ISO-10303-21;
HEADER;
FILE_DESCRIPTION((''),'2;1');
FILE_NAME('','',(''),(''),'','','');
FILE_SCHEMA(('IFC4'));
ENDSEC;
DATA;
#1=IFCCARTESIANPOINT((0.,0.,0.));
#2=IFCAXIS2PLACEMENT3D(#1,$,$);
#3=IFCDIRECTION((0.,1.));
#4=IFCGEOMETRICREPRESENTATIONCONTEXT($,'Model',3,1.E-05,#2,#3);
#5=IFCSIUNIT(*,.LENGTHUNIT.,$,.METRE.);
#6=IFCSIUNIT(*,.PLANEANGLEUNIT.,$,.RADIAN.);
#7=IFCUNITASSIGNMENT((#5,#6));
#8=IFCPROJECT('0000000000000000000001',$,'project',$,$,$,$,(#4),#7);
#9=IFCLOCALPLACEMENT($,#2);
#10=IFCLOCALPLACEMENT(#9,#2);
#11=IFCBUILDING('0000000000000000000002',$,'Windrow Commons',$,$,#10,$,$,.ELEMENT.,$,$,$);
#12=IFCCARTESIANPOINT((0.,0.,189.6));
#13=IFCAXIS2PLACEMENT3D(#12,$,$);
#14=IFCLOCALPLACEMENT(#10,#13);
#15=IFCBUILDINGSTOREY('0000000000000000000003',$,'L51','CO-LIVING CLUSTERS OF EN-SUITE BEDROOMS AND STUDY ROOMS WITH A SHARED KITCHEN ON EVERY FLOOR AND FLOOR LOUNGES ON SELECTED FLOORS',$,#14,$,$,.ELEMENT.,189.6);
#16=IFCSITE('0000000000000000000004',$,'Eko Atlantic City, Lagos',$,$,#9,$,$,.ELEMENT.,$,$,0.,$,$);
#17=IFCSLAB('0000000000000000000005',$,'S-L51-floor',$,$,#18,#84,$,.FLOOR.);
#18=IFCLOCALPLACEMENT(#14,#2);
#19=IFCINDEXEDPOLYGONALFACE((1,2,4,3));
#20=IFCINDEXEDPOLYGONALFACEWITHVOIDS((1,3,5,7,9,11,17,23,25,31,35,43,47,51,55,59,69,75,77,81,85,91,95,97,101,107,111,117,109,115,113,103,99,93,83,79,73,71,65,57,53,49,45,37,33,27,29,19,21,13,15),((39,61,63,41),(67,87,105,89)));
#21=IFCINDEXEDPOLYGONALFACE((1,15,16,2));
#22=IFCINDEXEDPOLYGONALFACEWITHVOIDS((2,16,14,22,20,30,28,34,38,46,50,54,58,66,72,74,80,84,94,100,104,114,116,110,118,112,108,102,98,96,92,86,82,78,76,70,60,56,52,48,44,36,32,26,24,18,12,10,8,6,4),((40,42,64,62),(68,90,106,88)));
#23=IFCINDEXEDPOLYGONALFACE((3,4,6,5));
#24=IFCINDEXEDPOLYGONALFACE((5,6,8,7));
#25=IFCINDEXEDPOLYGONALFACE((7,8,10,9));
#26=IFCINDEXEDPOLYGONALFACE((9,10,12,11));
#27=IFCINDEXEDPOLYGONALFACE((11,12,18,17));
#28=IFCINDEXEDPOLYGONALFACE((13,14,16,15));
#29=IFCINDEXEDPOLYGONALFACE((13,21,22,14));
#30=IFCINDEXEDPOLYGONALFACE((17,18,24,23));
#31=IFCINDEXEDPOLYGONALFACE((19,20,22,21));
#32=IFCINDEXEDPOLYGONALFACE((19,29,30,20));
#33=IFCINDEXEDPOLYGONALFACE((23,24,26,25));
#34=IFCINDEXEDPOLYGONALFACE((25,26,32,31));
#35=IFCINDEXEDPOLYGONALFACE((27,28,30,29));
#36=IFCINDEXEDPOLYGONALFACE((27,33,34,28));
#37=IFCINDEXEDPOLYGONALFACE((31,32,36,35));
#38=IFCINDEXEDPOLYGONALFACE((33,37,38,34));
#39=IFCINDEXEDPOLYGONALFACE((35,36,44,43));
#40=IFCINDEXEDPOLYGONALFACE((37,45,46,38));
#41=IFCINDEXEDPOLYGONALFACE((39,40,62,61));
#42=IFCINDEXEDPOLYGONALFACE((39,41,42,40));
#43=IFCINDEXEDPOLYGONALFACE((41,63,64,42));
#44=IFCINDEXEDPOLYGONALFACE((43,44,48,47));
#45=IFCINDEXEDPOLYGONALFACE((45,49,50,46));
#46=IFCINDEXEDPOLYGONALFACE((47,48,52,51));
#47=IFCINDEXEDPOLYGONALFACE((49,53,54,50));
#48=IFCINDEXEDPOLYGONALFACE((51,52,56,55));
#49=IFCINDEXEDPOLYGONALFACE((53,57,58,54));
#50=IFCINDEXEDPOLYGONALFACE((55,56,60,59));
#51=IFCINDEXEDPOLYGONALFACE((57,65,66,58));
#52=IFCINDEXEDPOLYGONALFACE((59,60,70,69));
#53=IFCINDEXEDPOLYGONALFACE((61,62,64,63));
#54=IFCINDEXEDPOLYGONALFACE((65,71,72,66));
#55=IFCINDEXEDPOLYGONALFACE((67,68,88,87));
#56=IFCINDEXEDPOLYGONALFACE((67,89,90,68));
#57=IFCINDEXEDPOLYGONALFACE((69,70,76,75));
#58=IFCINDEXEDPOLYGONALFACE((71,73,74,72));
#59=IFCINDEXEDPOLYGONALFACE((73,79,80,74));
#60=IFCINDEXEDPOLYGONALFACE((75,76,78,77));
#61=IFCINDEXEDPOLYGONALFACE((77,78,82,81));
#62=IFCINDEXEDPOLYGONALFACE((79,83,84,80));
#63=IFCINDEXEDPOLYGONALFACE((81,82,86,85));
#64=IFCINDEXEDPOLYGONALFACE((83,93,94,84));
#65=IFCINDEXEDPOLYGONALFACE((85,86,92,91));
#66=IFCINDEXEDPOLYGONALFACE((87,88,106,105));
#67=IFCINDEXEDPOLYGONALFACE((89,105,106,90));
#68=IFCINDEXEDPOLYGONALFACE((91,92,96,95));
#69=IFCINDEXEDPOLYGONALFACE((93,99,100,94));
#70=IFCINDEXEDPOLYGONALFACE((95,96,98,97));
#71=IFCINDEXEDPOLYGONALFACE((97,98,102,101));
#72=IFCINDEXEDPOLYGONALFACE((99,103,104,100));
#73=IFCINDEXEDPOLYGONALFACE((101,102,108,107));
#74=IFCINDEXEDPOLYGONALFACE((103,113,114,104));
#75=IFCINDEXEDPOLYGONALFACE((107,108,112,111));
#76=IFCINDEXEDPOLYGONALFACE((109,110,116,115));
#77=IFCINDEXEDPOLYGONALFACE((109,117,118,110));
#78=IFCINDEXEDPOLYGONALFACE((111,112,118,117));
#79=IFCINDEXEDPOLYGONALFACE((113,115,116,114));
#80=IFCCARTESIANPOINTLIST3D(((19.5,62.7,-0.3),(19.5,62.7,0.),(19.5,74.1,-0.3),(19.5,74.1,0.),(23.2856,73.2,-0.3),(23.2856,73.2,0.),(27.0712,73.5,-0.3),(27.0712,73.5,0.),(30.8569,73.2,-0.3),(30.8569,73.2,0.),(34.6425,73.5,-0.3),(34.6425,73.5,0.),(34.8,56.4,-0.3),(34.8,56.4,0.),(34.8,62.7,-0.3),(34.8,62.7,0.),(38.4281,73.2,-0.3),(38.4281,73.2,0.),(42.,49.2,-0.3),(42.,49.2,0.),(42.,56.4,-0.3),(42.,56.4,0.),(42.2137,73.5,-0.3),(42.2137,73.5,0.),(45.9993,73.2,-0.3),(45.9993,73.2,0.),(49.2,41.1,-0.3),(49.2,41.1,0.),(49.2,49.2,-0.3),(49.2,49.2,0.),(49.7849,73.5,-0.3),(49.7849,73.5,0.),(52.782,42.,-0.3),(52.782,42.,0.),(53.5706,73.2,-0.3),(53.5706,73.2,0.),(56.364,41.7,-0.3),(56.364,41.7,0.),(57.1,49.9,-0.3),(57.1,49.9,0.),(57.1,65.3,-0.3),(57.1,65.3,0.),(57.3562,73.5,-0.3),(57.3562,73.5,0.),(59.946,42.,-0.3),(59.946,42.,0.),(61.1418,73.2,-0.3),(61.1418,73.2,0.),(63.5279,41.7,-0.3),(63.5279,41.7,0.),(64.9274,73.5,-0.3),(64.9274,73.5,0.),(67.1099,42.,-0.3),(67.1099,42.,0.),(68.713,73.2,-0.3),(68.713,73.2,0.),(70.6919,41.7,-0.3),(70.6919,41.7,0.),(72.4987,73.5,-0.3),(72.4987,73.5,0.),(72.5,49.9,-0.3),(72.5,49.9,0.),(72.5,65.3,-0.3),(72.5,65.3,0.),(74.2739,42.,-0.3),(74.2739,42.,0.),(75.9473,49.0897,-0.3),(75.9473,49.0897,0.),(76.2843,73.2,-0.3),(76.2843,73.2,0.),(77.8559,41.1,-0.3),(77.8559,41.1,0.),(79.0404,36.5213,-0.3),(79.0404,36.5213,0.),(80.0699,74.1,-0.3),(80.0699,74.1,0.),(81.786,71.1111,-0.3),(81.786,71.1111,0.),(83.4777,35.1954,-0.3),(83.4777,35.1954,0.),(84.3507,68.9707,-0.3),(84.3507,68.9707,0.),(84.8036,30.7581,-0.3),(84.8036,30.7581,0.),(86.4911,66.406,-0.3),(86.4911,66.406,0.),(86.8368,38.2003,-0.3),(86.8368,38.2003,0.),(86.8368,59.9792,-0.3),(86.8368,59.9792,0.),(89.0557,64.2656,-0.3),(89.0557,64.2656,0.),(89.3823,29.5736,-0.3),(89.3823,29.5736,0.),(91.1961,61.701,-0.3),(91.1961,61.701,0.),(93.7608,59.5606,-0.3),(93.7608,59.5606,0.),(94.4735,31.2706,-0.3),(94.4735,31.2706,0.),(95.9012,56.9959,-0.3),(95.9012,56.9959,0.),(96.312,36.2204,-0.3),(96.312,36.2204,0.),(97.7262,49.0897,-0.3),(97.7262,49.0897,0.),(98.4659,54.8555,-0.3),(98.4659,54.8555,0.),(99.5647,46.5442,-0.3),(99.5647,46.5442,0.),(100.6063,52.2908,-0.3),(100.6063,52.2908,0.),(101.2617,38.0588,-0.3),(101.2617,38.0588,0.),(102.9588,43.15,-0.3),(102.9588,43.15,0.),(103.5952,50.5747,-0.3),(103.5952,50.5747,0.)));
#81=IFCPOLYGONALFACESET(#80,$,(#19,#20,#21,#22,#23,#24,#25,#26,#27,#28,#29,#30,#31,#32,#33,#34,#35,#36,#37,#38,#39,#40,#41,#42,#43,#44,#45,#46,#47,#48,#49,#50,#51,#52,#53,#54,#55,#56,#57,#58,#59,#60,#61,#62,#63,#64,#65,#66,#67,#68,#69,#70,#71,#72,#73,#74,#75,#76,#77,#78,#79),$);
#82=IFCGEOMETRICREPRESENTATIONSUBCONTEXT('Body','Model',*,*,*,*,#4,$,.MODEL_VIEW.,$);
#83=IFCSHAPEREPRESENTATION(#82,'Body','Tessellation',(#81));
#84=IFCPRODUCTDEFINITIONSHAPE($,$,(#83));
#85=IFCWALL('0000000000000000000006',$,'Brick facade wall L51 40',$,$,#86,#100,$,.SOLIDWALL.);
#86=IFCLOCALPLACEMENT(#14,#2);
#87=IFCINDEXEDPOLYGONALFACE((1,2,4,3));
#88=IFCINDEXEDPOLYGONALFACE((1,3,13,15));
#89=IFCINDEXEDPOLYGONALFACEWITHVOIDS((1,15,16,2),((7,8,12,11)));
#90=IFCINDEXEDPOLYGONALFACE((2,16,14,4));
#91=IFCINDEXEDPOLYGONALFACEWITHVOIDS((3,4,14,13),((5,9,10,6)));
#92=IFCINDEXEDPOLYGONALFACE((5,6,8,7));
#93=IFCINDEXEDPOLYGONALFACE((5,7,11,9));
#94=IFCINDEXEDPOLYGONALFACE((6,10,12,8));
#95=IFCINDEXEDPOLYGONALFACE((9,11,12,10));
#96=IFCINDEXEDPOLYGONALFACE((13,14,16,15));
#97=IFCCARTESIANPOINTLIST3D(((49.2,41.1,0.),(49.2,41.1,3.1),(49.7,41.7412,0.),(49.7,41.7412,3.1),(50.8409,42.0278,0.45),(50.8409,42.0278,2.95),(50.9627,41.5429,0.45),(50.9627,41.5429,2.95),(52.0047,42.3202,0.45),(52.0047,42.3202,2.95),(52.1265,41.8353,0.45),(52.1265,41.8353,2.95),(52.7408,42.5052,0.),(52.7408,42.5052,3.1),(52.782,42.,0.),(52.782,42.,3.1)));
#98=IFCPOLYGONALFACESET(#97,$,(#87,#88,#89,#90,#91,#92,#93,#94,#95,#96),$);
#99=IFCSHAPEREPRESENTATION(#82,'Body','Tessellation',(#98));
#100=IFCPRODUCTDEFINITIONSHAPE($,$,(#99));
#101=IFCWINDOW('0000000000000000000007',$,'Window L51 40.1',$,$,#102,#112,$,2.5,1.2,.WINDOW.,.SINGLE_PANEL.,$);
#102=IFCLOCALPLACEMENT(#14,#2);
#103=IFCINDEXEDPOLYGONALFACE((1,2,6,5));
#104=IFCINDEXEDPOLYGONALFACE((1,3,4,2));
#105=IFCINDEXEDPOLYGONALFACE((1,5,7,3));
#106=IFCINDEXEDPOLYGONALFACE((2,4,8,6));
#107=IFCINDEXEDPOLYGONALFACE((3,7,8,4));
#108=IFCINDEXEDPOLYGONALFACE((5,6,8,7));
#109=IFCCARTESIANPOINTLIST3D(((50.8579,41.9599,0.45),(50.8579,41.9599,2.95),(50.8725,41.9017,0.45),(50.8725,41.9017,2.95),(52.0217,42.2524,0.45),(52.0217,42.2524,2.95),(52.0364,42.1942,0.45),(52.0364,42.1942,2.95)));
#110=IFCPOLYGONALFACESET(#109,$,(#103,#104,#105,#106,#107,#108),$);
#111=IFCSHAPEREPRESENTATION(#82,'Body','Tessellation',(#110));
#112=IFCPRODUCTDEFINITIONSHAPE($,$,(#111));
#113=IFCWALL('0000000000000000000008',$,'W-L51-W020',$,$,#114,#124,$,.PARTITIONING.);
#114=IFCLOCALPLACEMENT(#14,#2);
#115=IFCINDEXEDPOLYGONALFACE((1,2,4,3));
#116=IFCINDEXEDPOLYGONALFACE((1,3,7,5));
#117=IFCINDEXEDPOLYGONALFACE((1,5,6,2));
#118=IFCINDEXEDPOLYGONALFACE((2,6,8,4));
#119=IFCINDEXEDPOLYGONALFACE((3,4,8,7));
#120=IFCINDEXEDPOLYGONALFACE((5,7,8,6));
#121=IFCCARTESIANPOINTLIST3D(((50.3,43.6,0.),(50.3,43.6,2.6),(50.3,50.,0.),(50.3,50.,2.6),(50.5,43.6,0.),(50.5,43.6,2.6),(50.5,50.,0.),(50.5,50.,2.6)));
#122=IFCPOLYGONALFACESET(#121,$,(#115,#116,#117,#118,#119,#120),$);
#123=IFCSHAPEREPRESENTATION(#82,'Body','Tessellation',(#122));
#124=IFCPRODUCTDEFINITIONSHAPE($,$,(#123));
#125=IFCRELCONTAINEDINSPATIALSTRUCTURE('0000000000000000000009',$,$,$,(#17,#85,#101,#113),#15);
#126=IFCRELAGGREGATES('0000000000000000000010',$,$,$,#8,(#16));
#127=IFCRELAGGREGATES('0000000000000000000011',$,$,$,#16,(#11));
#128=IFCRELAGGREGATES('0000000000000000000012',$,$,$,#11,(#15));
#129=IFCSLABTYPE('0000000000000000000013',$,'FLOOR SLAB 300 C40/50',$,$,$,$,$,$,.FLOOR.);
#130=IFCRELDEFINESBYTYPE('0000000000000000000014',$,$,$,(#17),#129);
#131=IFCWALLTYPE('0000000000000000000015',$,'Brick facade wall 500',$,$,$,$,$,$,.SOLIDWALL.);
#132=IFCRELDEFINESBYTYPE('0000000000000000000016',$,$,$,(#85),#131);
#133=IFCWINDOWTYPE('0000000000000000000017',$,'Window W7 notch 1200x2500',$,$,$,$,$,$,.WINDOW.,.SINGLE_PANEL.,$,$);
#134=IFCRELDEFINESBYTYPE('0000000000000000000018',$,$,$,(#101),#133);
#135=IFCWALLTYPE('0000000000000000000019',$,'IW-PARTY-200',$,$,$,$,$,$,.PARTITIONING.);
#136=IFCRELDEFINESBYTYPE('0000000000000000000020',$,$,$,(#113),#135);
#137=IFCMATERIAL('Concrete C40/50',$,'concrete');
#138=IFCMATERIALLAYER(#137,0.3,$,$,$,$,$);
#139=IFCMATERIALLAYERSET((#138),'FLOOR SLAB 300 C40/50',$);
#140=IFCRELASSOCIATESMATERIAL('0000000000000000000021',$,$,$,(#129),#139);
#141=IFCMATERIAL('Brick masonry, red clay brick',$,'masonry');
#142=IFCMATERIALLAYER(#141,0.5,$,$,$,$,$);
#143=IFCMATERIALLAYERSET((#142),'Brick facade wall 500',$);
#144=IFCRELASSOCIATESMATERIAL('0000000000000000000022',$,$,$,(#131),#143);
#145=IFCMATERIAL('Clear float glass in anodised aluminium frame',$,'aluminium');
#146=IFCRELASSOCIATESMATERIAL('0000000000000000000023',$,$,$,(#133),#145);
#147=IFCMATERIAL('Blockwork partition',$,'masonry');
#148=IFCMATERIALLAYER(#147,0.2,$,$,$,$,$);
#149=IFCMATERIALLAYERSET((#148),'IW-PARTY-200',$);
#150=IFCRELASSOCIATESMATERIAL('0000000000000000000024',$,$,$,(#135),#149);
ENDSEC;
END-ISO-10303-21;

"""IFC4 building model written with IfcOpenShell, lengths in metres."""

from ifc_helpers import new_model, si_unit, direction, frame, frame_2d, origin, place, context, subcontext, project, spatial, polyline, rectangle, outline, extrude, material, layer, layer_set, type_object, element, fill, save


model = new_model("IFC4")

# Units and contexts
model_context = context("Model", 3, precision=1e-05, world=origin(), true_north=direction((0.0, 1.0)))
body_context = subcontext(model_context, "Body", "Model", "MODEL_VIEW")
ifc_project = project(units=[si_unit("LENGTHUNIT", "METRE"), si_unit("PLANEANGLEUNIT", "RADIAN")], contexts=[model_context])

# Site, building, storey
site_placement = place(None, origin())
site = spatial("IfcSite", under=ifc_project, at=site_placement, Name="Eko Atlantic City, Lagos", CompositionType="ELEMENT", RefElevation=0.0)
building_placement = place(site_placement, origin())
building = spatial("IfcBuilding", under=site, at=building_placement, Name="Windrow Commons", CompositionType="ELEMENT")
storey_placement = place(building_placement, frame((0.0, 0.0, 189.6)))
storey = spatial("IfcBuildingStorey", under=building, at=storey_placement, Name="L51", Description="CO-LIVING CLUSTERS OF EN-SUITE BEDROOMS AND STUDY ROOMS WITH A SHARED KITCHEN ON EVERY FLOOR AND FLOOR LOUNGES ON SELECTED FLOORS", CompositionType="ELEMENT", Elevation=189.6)

# Shared definitions
placement_1 = place(storey_placement, frame((0.0, 0.0, -0.3)))

# Slab, openings
ifc_material_1 = material(Name="Concrete C40/50", Category="concrete")
ifc_layer_1 = layer(ifc_material_1, 0.3)
ifc_layer_set_1 = layer_set([ifc_layer_1], Name="FLOOR SLAB 300 C40/50")
slab_type_1 = type_object("IfcSlabType", Name="FLOOR SLAB 300 C40/50", PredefinedType="FLOOR", material=ifc_layer_set_1)
slab_1 = element("IfcSlab", 1, at=placement_1, inside=storey, type_object=slab_type_1, Name="S-L51-floor", PredefinedType="FLOOR", context=body_context, shape_type="SweptSolid", body=[
    extrude(outline(polyline([(84.8036, 30.7581), (89.3823, 29.5736), (94.4735, 31.2706), (96.312, 36.2204), (101.2617, 38.0588), (102.9588, 43.15), (99.5647, 46.5442), (103.5952, 50.5747), (100.6063, 52.2908), (98.4659, 54.8555), (95.9012, 56.9959), (93.7608, 59.5606), (91.1961, 61.701), (89.0557, 64.2656), (86.4911, 66.406), (84.3507, 68.9707), (81.786, 71.1111), (80.0699, 74.1), (76.2843, 73.2), (72.4987, 73.5), (68.713, 73.2), (64.9274, 73.5), (61.1418, 73.2), (57.3562, 73.5), (53.5706, 73.2), (49.7849, 73.5), (45.9993, 73.2), (42.2137, 73.5), (38.4281, 73.2), (34.6425, 73.5), (30.8569, 73.2), (27.0712, 73.5), (23.2856, 73.2), (19.5, 74.1), (19.5, 62.7), (34.8, 62.7), (34.8, 56.4), (42.0, 56.4), (42.0, 49.2), (49.2, 49.2), (49.2, 41.1), (52.782, 42.0), (56.364, 41.7), (59.946, 42.0), (63.5279, 41.7), (67.1099, 42.0), (70.6919, 41.7), (74.2739, 42.0), (77.8559, 41.1), (79.0404, 36.5213), (83.4777, 35.1954), (84.8036, 30.7581)]), holes=[polyline([(75.9473, 49.0897), (86.8368, 59.9792), (97.7262, 49.0897), (86.8368, 38.2003), (75.9473, 49.0897)]), polyline([(57.1, 49.9), (57.1, 65.3), (72.5, 65.3), (72.5, 49.9), (57.1, 49.9)])]), origin(), (0.0, 0.0, 1.0), 0.3),
])
opening_1_placement = place(placement_1, origin())
element("IfcOpeningElement", 2, at=opening_1_placement, cuts=slab_1, PredefinedType="OPENING", context=body_context, shape_type="SweptSolid", body=[
    extrude(outline(polyline([(75.9544, 49.0897), (86.8368, 59.9721), (97.7191, 49.0897), (86.8368, 38.2074), (75.9544, 49.0897)])), origin(), (0.0, 0.0, 1.0), 0.3),
])
opening_2_placement = place(placement_1, origin())
element("IfcOpeningElement", 3, at=opening_2_placement, cuts=slab_1, PredefinedType="OPENING", context=body_context, shape_type="SweptSolid", body=[
    extrude(outline(polyline([(57.105, 49.905), (57.105, 65.295), (72.495, 65.295), (72.495, 49.905), (57.105, 49.905)])), origin(), (0.0, 0.0, 1.0), 0.3),
])

# Wall, opening, window
ifc_material_2 = material(Name="Brick masonry, red clay brick", Category="masonry")
ifc_layer_2 = layer(ifc_material_2, 0.5)
ifc_layer_set_2 = layer_set([ifc_layer_2], Name="Brick facade wall 500")
wall_type_1 = type_object("IfcWallType", Name="Brick facade wall 500", PredefinedType="SOLIDWALL", material=ifc_layer_set_2)
wall_1_placement = place(storey_placement, frame((49.45, 41.4206, 0.0), z_axis=(0.0, 0.0, 1.0), x_axis=(0.969856, 0.243679, 0.0)))
wall_1 = element("IfcWall", 4, at=wall_1_placement, inside=storey, type_object=wall_type_1, Name="Brick facade wall L51 40", PredefinedType="SOLIDWALL", context=body_context, shape_type="SweptSolid", body=[
    extrude(outline(polyline([(-0.3206, -0.25), (3.3727, -0.25), (3.4559, 0.25), (0.3206, 0.25), (-0.3206, -0.25)])), origin(), (0.0, 0.0, 1.0), 3.1),
])
opening_3_placement = place(wall_1_placement, frame((1.4969, 0.0, 0.45)))
opening_3 = element("IfcOpeningElement", 5, at=opening_3_placement, cuts=wall_1, PredefinedType="OPENING", context=body_context, shape_type="SweptSolid", body=[
    extrude(rectangle(XDim=1.2, YDim=2.5, at=frame_2d((0.6, 1.25))), frame((0.0, 0.26, 0.0), z_axis=(0.0, -1.0, 0.0), x_axis=(1.0, 0.0, 0.0)), (0.0, 0.0, 1.0), 0.52),
])
ifc_material_3 = material(Name="Clear float glass in anodised aluminium frame", Category="aluminium")
window_type = type_object("IfcWindowType", Name="Window W7 notch 1200x2500", PartitioningType="SINGLE_PANEL", PredefinedType="WINDOW", material=ifc_material_3)
window_placement = place(opening_3_placement, origin())
window = element("IfcWindow", 6, at=window_placement, inside=storey, type_object=window_type, Name="Window L51 40.1", OverallHeight=2.5, OverallWidth=1.2, PartitioningType="SINGLE_PANEL", PredefinedType="WINDOW", context=body_context, shape_type="SweptSolid", body=[
    extrude(rectangle(XDim=1.2, YDim=2.5, at=frame_2d((0.6, 1.25))), frame((0.0, 0.18, 0.0), z_axis=(0.0, -1.0, 0.0), x_axis=(1.0, 0.0, 0.0)), (0.0, 0.0, 1.0), 0.06),
])
fill(opening_3, window)

# Wall
ifc_material_4 = material(Name="Blockwork partition", Category="masonry")
ifc_layer_3 = layer(ifc_material_4, 0.2)
ifc_layer_set_3 = layer_set([ifc_layer_3], Name="IW-PARTY-200")
wall_type_2 = type_object("IfcWallType", Name="IW-PARTY-200", PredefinedType="PARTITIONING", material=ifc_layer_set_3)
wall_2_placement = place(storey_placement, frame((50.4, 43.6, 0.0), z_axis=(0.0, 0.0, 1.0), x_axis=(0.0, 1.0, 0.0)))
element("IfcWall", 7, at=wall_2_placement, inside=storey, type_object=wall_type_2, Name="W-L51-W020", PredefinedType="PARTITIONING", context=body_context, shape_type="SweptSolid", body=[
    extrude(rectangle(XDim=6.4, YDim=0.2, at=frame_2d((3.2, 0.0))), origin(), (0.0, 0.0, 1.0), 2.6),
])

save(model, "model.ifc")
